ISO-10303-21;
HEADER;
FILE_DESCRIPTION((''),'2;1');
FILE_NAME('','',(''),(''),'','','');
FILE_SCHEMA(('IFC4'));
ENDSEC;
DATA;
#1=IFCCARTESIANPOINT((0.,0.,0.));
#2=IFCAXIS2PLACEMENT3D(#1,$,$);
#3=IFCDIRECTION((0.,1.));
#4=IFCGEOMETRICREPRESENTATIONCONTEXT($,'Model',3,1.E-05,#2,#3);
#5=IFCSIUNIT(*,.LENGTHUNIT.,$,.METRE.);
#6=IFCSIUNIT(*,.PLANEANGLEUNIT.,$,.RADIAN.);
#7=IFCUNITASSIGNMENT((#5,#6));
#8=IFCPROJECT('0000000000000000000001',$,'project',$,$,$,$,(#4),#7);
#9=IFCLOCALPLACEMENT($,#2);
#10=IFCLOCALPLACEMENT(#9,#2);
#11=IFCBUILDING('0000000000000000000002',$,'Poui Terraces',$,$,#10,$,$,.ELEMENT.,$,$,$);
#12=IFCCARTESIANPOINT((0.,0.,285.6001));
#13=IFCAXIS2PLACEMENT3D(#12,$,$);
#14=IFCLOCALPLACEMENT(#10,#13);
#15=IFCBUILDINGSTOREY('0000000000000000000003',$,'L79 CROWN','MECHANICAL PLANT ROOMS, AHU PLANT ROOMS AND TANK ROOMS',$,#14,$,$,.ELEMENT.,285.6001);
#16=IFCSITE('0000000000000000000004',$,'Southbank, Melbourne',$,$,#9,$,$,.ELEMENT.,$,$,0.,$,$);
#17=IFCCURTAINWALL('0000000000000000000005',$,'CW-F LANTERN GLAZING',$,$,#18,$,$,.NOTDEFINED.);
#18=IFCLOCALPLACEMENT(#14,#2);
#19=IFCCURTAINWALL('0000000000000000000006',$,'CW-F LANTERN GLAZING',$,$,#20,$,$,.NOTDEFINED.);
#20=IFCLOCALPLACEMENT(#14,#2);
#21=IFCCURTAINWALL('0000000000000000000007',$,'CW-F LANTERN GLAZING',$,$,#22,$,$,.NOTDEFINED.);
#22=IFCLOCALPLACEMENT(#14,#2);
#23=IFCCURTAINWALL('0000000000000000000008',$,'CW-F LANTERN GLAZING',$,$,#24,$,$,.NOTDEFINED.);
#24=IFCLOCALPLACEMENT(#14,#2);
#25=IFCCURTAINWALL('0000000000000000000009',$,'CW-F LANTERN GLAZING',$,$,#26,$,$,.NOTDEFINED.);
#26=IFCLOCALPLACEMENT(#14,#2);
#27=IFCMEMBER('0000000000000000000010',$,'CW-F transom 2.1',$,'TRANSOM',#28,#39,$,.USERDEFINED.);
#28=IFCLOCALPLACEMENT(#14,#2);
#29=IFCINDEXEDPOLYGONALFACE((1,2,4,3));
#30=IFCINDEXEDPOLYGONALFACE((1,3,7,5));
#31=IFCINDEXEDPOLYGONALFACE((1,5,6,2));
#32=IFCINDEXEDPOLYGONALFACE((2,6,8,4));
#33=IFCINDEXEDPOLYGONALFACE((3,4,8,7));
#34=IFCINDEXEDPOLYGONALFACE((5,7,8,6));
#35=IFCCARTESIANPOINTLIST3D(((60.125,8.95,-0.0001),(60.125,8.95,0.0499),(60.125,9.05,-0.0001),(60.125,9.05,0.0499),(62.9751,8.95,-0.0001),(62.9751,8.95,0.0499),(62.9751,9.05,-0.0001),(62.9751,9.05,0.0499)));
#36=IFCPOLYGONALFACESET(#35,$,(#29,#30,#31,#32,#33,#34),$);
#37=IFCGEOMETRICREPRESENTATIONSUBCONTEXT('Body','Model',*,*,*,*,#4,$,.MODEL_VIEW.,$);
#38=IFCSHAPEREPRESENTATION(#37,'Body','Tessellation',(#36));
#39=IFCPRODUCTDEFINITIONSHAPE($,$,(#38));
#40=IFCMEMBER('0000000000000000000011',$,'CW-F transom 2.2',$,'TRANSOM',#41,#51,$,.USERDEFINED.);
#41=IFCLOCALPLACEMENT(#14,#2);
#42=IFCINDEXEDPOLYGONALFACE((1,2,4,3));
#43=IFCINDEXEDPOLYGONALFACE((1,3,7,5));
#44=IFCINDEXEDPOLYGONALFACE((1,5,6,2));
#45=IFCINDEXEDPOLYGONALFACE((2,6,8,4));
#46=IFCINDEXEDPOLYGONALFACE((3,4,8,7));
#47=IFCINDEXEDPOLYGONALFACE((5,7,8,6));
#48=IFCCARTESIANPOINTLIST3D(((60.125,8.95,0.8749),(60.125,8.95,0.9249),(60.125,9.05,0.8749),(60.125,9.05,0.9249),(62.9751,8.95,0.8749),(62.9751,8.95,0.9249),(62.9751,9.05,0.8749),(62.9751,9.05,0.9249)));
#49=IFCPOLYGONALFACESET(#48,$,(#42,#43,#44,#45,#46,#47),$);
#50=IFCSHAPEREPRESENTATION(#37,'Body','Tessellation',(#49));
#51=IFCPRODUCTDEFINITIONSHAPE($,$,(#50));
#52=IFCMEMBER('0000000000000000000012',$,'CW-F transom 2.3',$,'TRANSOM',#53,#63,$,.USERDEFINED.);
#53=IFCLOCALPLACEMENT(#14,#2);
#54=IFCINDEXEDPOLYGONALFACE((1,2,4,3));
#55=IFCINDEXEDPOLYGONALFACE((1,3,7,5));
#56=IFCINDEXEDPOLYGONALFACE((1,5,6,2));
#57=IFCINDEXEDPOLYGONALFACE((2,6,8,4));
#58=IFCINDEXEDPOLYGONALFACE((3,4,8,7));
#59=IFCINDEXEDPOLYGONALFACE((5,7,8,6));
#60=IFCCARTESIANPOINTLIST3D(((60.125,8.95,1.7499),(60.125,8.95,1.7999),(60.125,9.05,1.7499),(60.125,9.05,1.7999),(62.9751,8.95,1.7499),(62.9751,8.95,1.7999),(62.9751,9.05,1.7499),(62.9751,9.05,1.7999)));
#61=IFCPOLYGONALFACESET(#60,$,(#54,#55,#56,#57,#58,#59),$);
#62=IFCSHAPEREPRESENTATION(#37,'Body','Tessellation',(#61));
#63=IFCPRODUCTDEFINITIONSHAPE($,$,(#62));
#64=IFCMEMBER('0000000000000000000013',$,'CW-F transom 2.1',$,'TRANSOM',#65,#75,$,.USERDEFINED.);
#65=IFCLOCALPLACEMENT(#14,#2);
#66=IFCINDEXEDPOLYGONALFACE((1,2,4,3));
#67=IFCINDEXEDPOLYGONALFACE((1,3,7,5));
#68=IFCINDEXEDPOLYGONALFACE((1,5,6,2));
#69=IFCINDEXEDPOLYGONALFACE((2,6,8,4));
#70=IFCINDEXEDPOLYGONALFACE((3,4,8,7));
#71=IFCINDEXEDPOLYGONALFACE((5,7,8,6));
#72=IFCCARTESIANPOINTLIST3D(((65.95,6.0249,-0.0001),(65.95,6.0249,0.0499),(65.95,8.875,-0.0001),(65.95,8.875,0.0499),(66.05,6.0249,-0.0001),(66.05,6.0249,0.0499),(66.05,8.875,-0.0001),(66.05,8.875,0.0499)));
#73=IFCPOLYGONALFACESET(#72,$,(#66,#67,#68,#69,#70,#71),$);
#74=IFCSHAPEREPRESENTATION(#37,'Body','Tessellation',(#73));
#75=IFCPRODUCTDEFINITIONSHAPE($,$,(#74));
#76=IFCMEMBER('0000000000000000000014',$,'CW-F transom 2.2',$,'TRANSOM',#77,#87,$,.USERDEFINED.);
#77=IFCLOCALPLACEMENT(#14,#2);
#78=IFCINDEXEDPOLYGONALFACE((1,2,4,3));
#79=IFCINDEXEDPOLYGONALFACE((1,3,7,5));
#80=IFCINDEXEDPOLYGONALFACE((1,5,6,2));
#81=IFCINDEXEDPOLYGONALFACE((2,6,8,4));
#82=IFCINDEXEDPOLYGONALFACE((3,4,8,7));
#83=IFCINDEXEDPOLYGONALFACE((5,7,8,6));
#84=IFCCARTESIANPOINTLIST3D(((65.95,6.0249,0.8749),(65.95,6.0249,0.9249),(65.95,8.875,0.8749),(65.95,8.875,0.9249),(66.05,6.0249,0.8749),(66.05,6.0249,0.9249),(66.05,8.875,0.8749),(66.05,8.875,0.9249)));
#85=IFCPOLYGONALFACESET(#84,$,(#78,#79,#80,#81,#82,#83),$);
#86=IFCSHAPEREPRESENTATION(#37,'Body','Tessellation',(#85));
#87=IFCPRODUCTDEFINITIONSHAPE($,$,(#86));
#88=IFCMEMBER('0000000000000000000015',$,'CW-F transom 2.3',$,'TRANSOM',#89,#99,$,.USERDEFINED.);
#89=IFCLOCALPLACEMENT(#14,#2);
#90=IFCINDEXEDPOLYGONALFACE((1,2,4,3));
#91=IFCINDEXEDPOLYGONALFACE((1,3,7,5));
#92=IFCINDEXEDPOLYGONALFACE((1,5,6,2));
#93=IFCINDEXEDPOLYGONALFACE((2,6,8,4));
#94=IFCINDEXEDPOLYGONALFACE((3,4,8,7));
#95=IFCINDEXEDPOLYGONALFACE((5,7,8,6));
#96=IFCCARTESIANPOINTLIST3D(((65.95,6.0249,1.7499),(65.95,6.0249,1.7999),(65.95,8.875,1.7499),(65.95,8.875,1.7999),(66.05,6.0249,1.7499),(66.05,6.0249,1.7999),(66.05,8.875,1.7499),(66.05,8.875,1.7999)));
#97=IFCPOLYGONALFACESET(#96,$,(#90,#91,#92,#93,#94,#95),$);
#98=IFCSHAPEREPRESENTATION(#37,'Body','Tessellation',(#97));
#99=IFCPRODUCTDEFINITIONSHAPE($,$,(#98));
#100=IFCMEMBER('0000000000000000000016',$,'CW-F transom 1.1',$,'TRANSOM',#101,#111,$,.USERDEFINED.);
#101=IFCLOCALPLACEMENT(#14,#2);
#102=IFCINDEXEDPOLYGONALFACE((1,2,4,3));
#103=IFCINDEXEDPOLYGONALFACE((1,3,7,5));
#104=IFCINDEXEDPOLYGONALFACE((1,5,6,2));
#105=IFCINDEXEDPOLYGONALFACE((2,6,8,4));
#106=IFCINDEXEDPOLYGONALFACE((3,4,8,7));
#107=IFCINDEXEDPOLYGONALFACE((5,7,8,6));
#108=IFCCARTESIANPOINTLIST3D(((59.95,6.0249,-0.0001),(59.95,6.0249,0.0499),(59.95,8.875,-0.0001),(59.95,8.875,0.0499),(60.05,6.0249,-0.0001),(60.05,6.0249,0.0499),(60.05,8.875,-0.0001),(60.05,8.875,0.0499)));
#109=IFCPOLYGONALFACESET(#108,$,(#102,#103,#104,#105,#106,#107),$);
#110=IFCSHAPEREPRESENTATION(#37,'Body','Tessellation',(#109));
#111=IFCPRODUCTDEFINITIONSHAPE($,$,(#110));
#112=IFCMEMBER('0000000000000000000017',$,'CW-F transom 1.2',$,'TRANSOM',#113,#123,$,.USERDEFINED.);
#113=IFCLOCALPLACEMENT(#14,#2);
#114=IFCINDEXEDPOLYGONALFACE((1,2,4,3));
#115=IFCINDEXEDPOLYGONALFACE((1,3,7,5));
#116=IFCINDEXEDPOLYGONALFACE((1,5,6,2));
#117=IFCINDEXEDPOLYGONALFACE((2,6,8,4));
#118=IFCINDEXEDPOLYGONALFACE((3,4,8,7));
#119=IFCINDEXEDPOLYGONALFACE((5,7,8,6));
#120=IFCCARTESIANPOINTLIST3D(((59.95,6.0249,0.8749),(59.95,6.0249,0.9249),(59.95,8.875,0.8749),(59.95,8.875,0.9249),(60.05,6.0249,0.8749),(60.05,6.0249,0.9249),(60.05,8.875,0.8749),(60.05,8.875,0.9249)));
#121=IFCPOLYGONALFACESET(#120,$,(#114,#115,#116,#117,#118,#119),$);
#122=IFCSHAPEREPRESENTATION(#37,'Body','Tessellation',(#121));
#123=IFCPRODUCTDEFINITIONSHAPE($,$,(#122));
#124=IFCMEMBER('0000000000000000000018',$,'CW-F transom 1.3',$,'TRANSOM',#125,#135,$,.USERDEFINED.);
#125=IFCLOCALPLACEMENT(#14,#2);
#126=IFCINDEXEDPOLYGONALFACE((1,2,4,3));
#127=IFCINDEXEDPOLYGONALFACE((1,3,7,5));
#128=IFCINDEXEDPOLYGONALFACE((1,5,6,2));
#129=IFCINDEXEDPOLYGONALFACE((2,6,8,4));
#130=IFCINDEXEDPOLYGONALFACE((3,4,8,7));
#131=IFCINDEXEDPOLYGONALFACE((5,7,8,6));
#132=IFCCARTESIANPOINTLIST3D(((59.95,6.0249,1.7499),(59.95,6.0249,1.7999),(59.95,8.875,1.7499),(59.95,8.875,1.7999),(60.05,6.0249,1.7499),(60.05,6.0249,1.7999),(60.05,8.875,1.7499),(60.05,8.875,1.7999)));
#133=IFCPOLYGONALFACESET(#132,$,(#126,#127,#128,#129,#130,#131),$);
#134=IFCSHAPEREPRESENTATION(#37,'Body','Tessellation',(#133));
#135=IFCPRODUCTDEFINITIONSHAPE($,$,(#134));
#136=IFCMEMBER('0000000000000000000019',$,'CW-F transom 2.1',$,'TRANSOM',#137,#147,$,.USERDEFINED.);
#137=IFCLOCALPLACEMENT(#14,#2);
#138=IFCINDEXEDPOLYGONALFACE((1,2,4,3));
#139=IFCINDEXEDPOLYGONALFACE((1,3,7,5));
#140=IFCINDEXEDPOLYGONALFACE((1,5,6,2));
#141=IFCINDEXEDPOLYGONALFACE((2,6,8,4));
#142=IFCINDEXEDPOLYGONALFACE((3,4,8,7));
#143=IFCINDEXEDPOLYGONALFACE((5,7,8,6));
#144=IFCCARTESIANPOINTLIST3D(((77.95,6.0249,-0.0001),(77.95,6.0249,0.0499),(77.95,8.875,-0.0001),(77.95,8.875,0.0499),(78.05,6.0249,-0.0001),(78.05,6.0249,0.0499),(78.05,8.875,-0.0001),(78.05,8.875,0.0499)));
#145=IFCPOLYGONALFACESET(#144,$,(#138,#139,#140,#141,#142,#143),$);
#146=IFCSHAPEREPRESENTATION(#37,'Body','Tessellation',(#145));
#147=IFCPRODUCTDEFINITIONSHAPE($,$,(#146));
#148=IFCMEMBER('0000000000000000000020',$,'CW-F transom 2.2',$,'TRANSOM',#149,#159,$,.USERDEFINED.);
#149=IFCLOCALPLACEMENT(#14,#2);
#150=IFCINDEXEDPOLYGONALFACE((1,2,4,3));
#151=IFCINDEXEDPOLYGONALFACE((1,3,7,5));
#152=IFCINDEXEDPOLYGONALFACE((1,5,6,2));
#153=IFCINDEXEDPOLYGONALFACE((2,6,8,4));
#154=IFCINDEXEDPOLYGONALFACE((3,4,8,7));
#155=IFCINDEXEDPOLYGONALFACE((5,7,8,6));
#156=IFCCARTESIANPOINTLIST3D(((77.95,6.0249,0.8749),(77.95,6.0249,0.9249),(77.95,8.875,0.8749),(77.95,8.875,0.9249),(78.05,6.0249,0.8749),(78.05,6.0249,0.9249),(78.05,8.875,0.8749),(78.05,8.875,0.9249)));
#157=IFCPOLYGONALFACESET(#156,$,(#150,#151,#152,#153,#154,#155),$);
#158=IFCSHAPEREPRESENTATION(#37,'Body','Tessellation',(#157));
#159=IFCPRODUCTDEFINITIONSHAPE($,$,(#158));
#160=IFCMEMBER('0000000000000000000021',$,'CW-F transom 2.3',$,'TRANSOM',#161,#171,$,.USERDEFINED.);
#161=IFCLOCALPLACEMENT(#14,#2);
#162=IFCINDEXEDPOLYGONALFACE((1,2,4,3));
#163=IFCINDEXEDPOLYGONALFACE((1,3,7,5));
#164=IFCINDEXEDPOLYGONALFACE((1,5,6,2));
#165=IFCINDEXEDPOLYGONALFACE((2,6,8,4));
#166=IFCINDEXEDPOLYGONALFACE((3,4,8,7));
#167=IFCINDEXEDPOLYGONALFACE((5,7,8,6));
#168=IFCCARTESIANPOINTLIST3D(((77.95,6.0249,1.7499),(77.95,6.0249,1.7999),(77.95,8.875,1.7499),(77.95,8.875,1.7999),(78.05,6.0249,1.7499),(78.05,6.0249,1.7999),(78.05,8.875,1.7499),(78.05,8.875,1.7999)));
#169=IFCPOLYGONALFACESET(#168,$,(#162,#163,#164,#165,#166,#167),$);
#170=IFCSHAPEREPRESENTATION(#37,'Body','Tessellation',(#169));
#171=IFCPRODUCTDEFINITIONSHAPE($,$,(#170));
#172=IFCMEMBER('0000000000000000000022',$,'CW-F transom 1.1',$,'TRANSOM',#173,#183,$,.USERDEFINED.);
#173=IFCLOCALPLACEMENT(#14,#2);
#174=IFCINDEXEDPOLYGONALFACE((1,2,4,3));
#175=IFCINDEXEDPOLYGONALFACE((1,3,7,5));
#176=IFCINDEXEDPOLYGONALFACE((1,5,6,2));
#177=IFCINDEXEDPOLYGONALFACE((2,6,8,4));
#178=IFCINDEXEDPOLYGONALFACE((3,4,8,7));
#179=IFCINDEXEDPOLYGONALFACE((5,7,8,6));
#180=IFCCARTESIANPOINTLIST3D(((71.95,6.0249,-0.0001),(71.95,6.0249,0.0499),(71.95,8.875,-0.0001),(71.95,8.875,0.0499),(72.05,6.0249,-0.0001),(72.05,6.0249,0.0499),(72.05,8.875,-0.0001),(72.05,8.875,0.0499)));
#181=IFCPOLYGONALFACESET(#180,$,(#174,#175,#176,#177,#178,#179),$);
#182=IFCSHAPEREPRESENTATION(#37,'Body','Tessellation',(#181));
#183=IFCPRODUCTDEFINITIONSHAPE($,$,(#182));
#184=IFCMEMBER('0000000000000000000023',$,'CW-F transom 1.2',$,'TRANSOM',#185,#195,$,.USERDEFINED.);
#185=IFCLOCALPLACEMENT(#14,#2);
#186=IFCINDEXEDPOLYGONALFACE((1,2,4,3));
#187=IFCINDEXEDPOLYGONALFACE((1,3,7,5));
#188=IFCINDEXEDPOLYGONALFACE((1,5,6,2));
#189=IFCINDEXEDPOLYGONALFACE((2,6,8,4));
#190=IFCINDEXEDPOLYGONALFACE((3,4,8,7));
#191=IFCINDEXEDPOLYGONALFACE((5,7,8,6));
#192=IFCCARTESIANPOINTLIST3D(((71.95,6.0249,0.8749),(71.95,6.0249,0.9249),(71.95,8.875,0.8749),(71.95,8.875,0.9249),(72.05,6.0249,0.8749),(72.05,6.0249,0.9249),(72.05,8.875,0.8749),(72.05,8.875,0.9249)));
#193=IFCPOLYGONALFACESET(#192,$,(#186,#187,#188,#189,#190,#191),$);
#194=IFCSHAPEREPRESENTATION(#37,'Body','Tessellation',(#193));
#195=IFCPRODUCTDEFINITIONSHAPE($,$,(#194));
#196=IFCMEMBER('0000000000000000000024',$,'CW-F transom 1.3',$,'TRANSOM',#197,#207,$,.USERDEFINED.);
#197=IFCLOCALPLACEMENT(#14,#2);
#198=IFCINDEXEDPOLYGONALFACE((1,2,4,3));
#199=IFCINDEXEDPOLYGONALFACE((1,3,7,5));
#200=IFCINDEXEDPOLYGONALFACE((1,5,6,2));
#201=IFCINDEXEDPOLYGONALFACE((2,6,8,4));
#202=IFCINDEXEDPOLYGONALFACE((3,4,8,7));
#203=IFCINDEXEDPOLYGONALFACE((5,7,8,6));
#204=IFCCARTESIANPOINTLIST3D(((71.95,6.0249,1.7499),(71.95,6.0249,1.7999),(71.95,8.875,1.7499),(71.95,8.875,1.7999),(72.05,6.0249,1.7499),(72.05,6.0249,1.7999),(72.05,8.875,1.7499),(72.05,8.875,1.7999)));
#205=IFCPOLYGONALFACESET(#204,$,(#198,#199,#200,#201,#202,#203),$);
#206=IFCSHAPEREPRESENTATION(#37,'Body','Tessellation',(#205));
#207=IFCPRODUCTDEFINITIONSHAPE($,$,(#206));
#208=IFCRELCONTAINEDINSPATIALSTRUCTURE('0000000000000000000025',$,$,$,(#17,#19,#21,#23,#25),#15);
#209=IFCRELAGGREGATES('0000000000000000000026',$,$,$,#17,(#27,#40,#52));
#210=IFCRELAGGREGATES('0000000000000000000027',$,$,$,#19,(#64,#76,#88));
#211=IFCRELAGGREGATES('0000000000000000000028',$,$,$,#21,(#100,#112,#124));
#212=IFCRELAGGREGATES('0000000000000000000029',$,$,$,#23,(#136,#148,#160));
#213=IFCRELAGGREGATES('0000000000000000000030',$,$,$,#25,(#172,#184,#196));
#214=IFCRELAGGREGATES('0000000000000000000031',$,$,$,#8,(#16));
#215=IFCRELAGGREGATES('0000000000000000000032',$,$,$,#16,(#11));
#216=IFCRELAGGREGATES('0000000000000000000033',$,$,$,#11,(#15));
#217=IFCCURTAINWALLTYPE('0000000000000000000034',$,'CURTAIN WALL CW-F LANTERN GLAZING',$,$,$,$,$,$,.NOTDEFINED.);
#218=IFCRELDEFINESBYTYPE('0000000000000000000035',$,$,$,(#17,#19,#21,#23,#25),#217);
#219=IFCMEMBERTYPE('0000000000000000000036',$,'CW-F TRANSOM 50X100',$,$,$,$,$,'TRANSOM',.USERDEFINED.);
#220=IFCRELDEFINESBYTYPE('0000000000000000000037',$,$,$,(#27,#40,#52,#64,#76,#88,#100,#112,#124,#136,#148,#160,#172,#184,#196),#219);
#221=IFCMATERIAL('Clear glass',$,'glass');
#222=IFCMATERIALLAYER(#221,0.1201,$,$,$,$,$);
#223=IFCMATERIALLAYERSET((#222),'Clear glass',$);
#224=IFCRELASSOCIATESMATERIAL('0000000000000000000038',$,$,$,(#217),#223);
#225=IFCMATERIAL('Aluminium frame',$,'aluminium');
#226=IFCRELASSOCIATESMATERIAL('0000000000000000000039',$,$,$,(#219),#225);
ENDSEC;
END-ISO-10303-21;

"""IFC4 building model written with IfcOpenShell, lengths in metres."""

from ifc_helpers import new_model, si_unit, direction, frame, origin, origin_2d, place, context, subcontext, project, spatial, rectangle, extrude, material, layer, layer_set, material_profile, profile_set, type_object, element, aggregate, save


model = new_model("IFC4")

# Units and contexts
model_context = context("Model", 3, precision=1e-05, world=origin(), true_north=direction((0.0, 1.0)))
body_context = subcontext(model_context, "Body", "Model", "MODEL_VIEW")
ifc_project = project(units=[si_unit("LENGTHUNIT", "METRE"), si_unit("PLANEANGLEUNIT", "RADIAN")], contexts=[model_context])

# Site, building, storey
site_placement = place(None, origin())
site = spatial("IfcSite", under=ifc_project, at=site_placement, Name="Southbank, Melbourne", CompositionType="ELEMENT", RefElevation=0.0)
building_placement = place(site_placement, origin())
building = spatial("IfcBuilding", under=site, at=building_placement, Name="Poui Terraces", CompositionType="ELEMENT")
storey_placement = place(building_placement, frame((0.0, 0.0, 285.6001)))
storey = spatial("IfcBuildingStorey", under=building, at=storey_placement, Name="L79 CROWN", Description="MECHANICAL PLANT ROOMS, AHU PLANT ROOMS AND TANK ROOMS", CompositionType="ELEMENT", Elevation=285.6001)

# Curtain walls
ifc_material_1 = material(Name="Clear glass", Category="glass")
ifc_layer_1 = layer(ifc_material_1, 0.1201)
ifc_layer_set_1 = layer_set([ifc_layer_1], Name="Clear glass")
curtain_wall_type = type_object("IfcCurtainWallType", Name="CURTAIN WALL CW-F LANTERN GLAZING", PredefinedType="NOTDEFINED", material=ifc_layer_set_1)
curtain_wall_1_placement = place(storey_placement, origin())
curtain_wall_1 = element("IfcCurtainWall", 1, at=curtain_wall_1_placement, inside=storey, type_object=curtain_wall_type, Name="CW-F LANTERN GLAZING", PredefinedType="NOTDEFINED")
ifc_material_2 = material(Name="Aluminium frame", Category="aluminium")
curtain_wall_2_placement = place(storey_placement, origin())
curtain_wall_2 = element("IfcCurtainWall", 2, at=curtain_wall_2_placement, inside=storey, type_object=curtain_wall_type, Name="CW-F LANTERN GLAZING", PredefinedType="NOTDEFINED")

# Curtain wall
curtain_wall_3_placement = place(storey_placement, origin())
curtain_wall_3 = element("IfcCurtainWall", 3, at=curtain_wall_3_placement, inside=storey, type_object=curtain_wall_type, Name="CW-F LANTERN GLAZING", PredefinedType="NOTDEFINED")

# Curtain walls
curtain_wall_4_placement = place(storey_placement, origin())
curtain_wall_4 = element("IfcCurtainWall", 4, at=curtain_wall_4_placement, inside=storey, type_object=curtain_wall_type, Name="CW-F LANTERN GLAZING", PredefinedType="NOTDEFINED")
curtain_wall_5_placement = place(storey_placement, origin())
curtain_wall_5 = element("IfcCurtainWall", 5, at=curtain_wall_5_placement, inside=storey, type_object=curtain_wall_type, Name="CW-F LANTERN GLAZING", PredefinedType="NOTDEFINED")

# Members
ifc_material_profile_1 = material_profile(ifc_material_2, rectangle(XDim=0.1001, YDim=0.05, at=origin_2d()), Name="CW-F TRANSOM 50X100")
ifc_profile_set_1 = profile_set([ifc_material_profile_1], Name="Aluminium frame")
member_type_1 = type_object("IfcMemberType", Name="CW-F TRANSOM 50X100", ElementType="TRANSOM", PredefinedType="USERDEFINED", material=ifc_profile_set_1)
member_1_placement = place(storey_placement, frame((62.9751, 9.0, 0.0249), z_axis=(-1.0, 0.0, 0.0), x_axis=(0.0, -1.0, 0.0)))
member_1 = element("IfcMember", 6, at=member_1_placement, type_object=member_type_1, Name="CW-F transom 2.1", ObjectType="TRANSOM", PredefinedType="USERDEFINED", context=body_context, shape_type="SweptSolid", body=[
    extrude(rectangle(XDim=0.1001, YDim=0.05, at=origin_2d()), origin(), (0.0, 0.0, 1.0), 2.8501),
])
member_2_placement = place(storey_placement, frame((62.9751, 9.0, 0.8999), z_axis=(-1.0, 0.0, 0.0), x_axis=(0.0, -1.0, 0.0)))
member_2 = element("IfcMember", 7, at=member_2_placement, type_object=member_type_1, Name="CW-F transom 2.2", ObjectType="TRANSOM", PredefinedType="USERDEFINED", context=body_context, shape_type="SweptSolid", body=[
    extrude(rectangle(XDim=0.1001, YDim=0.05, at=origin_2d()), origin(), (0.0, 0.0, 1.0), 2.8501),
])
member_3_placement = place(storey_placement, frame((62.9751, 9.0, 1.7749), z_axis=(-1.0, 0.0, 0.0), x_axis=(0.0, -1.0, 0.0)))
member_3 = element("IfcMember", 8, at=member_3_placement, type_object=member_type_1, Name="CW-F transom 2.3", ObjectType="TRANSOM", PredefinedType="USERDEFINED", context=body_context, shape_type="SweptSolid", body=[
    extrude(rectangle(XDim=0.1001, YDim=0.05, at=origin_2d()), origin(), (0.0, 0.0, 1.0), 2.8501),
])
member_4_placement = place(storey_placement, frame((66.0, 6.0249, 0.0249), z_axis=(0.0, 1.0, 0.0), x_axis=(-1.0, 0.0, 0.0)))
member_4 = element("IfcMember", 9, at=member_4_placement, type_object=member_type_1, Name="CW-F transom 2.1", ObjectType="TRANSOM", PredefinedType="USERDEFINED", context=body_context, shape_type="SweptSolid", body=[
    extrude(rectangle(XDim=0.1001, YDim=0.05, at=origin_2d()), origin(), (0.0, 0.0, 1.0), 2.8501),
])
member_5_placement = place(storey_placement, frame((66.0, 6.0249, 0.8999), z_axis=(0.0, 1.0, 0.0), x_axis=(-1.0, 0.0, 0.0)))
member_5 = element("IfcMember", 10, at=member_5_placement, type_object=member_type_1, Name="CW-F transom 2.2", ObjectType="TRANSOM", PredefinedType="USERDEFINED", context=body_context, shape_type="SweptSolid", body=[
    extrude(rectangle(XDim=0.1001, YDim=0.05, at=origin_2d()), origin(), (0.0, 0.0, 1.0), 2.8501),
])
member_6_placement = place(storey_placement, frame((66.0, 6.0249, 1.7749), z_axis=(0.0, 1.0, 0.0), x_axis=(-1.0, 0.0, 0.0)))
member_6 = element("IfcMember", 11, at=member_6_placement, type_object=member_type_1, Name="CW-F transom 2.3", ObjectType="TRANSOM", PredefinedType="USERDEFINED", context=body_context, shape_type="SweptSolid", body=[
    extrude(rectangle(XDim=0.1001, YDim=0.05, at=origin_2d()), origin(), (0.0, 0.0, 1.0), 2.8501),
])
member_7_placement = place(storey_placement, frame((60.0, 8.875, 0.0249), z_axis=(0.0, -1.0, 0.0), x_axis=(1.0, 0.0, 0.0)))
member_7 = element("IfcMember", 12, at=member_7_placement, type_object=member_type_1, Name="CW-F transom 1.1", ObjectType="TRANSOM", PredefinedType="USERDEFINED", context=body_context, shape_type="SweptSolid", body=[
    extrude(rectangle(XDim=0.1001, YDim=0.05, at=origin_2d()), origin(), (0.0, 0.0, 1.0), 2.8501),
])
member_8_placement = place(storey_placement, frame((60.0, 8.875, 0.8999), z_axis=(0.0, -1.0, 0.0), x_axis=(1.0, 0.0, 0.0)))
member_8 = element("IfcMember", 13, at=member_8_placement, type_object=member_type_1, Name="CW-F transom 1.2", ObjectType="TRANSOM", PredefinedType="USERDEFINED", context=body_context, shape_type="SweptSolid", body=[
    extrude(rectangle(XDim=0.1001, YDim=0.05, at=origin_2d()), origin(), (0.0, 0.0, 1.0), 2.8501),
])
member_9_placement = place(storey_placement, frame((60.0, 8.875, 1.7749), z_axis=(0.0, -1.0, 0.0), x_axis=(1.0, 0.0, 0.0)))
member_9 = element("IfcMember", 14, at=member_9_placement, type_object=member_type_1, Name="CW-F transom 1.3", ObjectType="TRANSOM", PredefinedType="USERDEFINED", context=body_context, shape_type="SweptSolid", body=[
    extrude(rectangle(XDim=0.1001, YDim=0.05, at=origin_2d()), origin(), (0.0, 0.0, 1.0), 2.8501),
])
member_10_placement = place(storey_placement, frame((78.0, 6.0249, 0.0249), z_axis=(0.0, 1.0, 0.0), x_axis=(-1.0, 0.0, 0.0)))
member_10 = element("IfcMember", 15, at=member_10_placement, type_object=member_type_1, Name="CW-F transom 2.1", ObjectType="TRANSOM", PredefinedType="USERDEFINED", context=body_context, shape_type="SweptSolid", body=[
    extrude(rectangle(XDim=0.1001, YDim=0.05, at=origin_2d()), origin(), (0.0, 0.0, 1.0), 2.8501),
])
member_11_placement = place(storey_placement, frame((78.0, 6.0249, 0.8999), z_axis=(0.0, 1.0, 0.0), x_axis=(-1.0, 0.0, 0.0)))
member_11 = element("IfcMember", 16, at=member_11_placement, type_object=member_type_1, Name="CW-F transom 2.2", ObjectType="TRANSOM", PredefinedType="USERDEFINED", context=body_context, shape_type="SweptSolid", body=[
    extrude(rectangle(XDim=0.1001, YDim=0.05, at=origin_2d()), origin(), (0.0, 0.0, 1.0), 2.8501),
])
member_12_placement = place(storey_placement, frame((78.0, 6.0249, 1.7749), z_axis=(0.0, 1.0, 0.0), x_axis=(-1.0, 0.0, 0.0)))
member_12 = element("IfcMember", 17, at=member_12_placement, type_object=member_type_1, Name="CW-F transom 2.3", ObjectType="TRANSOM", PredefinedType="USERDEFINED", context=body_context, shape_type="SweptSolid", body=[
    extrude(rectangle(XDim=0.1001, YDim=0.05, at=origin_2d()), origin(), (0.0, 0.0, 1.0), 2.8501),
])
member_13_placement = place(storey_placement, frame((72.0, 8.875, 0.0249), z_axis=(0.0, -1.0, 0.0), x_axis=(1.0, 0.0, 0.0)))
member_13 = element("IfcMember", 18, at=member_13_placement, type_object=member_type_1, Name="CW-F transom 1.1", ObjectType="TRANSOM", PredefinedType="USERDEFINED", context=body_context, shape_type="SweptSolid", body=[
    extrude(rectangle(XDim=0.1001, YDim=0.05, at=origin_2d()), origin(), (0.0, 0.0, 1.0), 2.8501),
])
member_14_placement = place(storey_placement, frame((72.0, 8.875, 0.8999), z_axis=(0.0, -1.0, 0.0), x_axis=(1.0, 0.0, 0.0)))
member_14 = element("IfcMember", 19, at=member_14_placement, type_object=member_type_1, Name="CW-F transom 1.2", ObjectType="TRANSOM", PredefinedType="USERDEFINED", context=body_context, shape_type="SweptSolid", body=[
    extrude(rectangle(XDim=0.1001, YDim=0.05, at=origin_2d()), origin(), (0.0, 0.0, 1.0), 2.8501),
])
member_15_placement = place(storey_placement, frame((72.0, 8.875, 1.7749), z_axis=(0.0, -1.0, 0.0), x_axis=(1.0, 0.0, 0.0)))
member_15 = element("IfcMember", 20, at=member_15_placement, type_object=member_type_1, Name="CW-F transom 1.3", ObjectType="TRANSOM", PredefinedType="USERDEFINED", context=body_context, shape_type="SweptSolid", body=[
    extrude(rectangle(XDim=0.1001, YDim=0.05, at=origin_2d()), origin(), (0.0, 0.0, 1.0), 2.8501),
])

aggregate(curtain_wall_1, [member_1, member_2, member_3])
aggregate(curtain_wall_2, [member_4, member_5, member_6])
aggregate(curtain_wall_3, [member_7, member_8, member_9])
aggregate(curtain_wall_4, [member_10, member_11, member_12])
aggregate(curtain_wall_5, [member_13, member_14, member_15])

save(model, "model.ifc")
